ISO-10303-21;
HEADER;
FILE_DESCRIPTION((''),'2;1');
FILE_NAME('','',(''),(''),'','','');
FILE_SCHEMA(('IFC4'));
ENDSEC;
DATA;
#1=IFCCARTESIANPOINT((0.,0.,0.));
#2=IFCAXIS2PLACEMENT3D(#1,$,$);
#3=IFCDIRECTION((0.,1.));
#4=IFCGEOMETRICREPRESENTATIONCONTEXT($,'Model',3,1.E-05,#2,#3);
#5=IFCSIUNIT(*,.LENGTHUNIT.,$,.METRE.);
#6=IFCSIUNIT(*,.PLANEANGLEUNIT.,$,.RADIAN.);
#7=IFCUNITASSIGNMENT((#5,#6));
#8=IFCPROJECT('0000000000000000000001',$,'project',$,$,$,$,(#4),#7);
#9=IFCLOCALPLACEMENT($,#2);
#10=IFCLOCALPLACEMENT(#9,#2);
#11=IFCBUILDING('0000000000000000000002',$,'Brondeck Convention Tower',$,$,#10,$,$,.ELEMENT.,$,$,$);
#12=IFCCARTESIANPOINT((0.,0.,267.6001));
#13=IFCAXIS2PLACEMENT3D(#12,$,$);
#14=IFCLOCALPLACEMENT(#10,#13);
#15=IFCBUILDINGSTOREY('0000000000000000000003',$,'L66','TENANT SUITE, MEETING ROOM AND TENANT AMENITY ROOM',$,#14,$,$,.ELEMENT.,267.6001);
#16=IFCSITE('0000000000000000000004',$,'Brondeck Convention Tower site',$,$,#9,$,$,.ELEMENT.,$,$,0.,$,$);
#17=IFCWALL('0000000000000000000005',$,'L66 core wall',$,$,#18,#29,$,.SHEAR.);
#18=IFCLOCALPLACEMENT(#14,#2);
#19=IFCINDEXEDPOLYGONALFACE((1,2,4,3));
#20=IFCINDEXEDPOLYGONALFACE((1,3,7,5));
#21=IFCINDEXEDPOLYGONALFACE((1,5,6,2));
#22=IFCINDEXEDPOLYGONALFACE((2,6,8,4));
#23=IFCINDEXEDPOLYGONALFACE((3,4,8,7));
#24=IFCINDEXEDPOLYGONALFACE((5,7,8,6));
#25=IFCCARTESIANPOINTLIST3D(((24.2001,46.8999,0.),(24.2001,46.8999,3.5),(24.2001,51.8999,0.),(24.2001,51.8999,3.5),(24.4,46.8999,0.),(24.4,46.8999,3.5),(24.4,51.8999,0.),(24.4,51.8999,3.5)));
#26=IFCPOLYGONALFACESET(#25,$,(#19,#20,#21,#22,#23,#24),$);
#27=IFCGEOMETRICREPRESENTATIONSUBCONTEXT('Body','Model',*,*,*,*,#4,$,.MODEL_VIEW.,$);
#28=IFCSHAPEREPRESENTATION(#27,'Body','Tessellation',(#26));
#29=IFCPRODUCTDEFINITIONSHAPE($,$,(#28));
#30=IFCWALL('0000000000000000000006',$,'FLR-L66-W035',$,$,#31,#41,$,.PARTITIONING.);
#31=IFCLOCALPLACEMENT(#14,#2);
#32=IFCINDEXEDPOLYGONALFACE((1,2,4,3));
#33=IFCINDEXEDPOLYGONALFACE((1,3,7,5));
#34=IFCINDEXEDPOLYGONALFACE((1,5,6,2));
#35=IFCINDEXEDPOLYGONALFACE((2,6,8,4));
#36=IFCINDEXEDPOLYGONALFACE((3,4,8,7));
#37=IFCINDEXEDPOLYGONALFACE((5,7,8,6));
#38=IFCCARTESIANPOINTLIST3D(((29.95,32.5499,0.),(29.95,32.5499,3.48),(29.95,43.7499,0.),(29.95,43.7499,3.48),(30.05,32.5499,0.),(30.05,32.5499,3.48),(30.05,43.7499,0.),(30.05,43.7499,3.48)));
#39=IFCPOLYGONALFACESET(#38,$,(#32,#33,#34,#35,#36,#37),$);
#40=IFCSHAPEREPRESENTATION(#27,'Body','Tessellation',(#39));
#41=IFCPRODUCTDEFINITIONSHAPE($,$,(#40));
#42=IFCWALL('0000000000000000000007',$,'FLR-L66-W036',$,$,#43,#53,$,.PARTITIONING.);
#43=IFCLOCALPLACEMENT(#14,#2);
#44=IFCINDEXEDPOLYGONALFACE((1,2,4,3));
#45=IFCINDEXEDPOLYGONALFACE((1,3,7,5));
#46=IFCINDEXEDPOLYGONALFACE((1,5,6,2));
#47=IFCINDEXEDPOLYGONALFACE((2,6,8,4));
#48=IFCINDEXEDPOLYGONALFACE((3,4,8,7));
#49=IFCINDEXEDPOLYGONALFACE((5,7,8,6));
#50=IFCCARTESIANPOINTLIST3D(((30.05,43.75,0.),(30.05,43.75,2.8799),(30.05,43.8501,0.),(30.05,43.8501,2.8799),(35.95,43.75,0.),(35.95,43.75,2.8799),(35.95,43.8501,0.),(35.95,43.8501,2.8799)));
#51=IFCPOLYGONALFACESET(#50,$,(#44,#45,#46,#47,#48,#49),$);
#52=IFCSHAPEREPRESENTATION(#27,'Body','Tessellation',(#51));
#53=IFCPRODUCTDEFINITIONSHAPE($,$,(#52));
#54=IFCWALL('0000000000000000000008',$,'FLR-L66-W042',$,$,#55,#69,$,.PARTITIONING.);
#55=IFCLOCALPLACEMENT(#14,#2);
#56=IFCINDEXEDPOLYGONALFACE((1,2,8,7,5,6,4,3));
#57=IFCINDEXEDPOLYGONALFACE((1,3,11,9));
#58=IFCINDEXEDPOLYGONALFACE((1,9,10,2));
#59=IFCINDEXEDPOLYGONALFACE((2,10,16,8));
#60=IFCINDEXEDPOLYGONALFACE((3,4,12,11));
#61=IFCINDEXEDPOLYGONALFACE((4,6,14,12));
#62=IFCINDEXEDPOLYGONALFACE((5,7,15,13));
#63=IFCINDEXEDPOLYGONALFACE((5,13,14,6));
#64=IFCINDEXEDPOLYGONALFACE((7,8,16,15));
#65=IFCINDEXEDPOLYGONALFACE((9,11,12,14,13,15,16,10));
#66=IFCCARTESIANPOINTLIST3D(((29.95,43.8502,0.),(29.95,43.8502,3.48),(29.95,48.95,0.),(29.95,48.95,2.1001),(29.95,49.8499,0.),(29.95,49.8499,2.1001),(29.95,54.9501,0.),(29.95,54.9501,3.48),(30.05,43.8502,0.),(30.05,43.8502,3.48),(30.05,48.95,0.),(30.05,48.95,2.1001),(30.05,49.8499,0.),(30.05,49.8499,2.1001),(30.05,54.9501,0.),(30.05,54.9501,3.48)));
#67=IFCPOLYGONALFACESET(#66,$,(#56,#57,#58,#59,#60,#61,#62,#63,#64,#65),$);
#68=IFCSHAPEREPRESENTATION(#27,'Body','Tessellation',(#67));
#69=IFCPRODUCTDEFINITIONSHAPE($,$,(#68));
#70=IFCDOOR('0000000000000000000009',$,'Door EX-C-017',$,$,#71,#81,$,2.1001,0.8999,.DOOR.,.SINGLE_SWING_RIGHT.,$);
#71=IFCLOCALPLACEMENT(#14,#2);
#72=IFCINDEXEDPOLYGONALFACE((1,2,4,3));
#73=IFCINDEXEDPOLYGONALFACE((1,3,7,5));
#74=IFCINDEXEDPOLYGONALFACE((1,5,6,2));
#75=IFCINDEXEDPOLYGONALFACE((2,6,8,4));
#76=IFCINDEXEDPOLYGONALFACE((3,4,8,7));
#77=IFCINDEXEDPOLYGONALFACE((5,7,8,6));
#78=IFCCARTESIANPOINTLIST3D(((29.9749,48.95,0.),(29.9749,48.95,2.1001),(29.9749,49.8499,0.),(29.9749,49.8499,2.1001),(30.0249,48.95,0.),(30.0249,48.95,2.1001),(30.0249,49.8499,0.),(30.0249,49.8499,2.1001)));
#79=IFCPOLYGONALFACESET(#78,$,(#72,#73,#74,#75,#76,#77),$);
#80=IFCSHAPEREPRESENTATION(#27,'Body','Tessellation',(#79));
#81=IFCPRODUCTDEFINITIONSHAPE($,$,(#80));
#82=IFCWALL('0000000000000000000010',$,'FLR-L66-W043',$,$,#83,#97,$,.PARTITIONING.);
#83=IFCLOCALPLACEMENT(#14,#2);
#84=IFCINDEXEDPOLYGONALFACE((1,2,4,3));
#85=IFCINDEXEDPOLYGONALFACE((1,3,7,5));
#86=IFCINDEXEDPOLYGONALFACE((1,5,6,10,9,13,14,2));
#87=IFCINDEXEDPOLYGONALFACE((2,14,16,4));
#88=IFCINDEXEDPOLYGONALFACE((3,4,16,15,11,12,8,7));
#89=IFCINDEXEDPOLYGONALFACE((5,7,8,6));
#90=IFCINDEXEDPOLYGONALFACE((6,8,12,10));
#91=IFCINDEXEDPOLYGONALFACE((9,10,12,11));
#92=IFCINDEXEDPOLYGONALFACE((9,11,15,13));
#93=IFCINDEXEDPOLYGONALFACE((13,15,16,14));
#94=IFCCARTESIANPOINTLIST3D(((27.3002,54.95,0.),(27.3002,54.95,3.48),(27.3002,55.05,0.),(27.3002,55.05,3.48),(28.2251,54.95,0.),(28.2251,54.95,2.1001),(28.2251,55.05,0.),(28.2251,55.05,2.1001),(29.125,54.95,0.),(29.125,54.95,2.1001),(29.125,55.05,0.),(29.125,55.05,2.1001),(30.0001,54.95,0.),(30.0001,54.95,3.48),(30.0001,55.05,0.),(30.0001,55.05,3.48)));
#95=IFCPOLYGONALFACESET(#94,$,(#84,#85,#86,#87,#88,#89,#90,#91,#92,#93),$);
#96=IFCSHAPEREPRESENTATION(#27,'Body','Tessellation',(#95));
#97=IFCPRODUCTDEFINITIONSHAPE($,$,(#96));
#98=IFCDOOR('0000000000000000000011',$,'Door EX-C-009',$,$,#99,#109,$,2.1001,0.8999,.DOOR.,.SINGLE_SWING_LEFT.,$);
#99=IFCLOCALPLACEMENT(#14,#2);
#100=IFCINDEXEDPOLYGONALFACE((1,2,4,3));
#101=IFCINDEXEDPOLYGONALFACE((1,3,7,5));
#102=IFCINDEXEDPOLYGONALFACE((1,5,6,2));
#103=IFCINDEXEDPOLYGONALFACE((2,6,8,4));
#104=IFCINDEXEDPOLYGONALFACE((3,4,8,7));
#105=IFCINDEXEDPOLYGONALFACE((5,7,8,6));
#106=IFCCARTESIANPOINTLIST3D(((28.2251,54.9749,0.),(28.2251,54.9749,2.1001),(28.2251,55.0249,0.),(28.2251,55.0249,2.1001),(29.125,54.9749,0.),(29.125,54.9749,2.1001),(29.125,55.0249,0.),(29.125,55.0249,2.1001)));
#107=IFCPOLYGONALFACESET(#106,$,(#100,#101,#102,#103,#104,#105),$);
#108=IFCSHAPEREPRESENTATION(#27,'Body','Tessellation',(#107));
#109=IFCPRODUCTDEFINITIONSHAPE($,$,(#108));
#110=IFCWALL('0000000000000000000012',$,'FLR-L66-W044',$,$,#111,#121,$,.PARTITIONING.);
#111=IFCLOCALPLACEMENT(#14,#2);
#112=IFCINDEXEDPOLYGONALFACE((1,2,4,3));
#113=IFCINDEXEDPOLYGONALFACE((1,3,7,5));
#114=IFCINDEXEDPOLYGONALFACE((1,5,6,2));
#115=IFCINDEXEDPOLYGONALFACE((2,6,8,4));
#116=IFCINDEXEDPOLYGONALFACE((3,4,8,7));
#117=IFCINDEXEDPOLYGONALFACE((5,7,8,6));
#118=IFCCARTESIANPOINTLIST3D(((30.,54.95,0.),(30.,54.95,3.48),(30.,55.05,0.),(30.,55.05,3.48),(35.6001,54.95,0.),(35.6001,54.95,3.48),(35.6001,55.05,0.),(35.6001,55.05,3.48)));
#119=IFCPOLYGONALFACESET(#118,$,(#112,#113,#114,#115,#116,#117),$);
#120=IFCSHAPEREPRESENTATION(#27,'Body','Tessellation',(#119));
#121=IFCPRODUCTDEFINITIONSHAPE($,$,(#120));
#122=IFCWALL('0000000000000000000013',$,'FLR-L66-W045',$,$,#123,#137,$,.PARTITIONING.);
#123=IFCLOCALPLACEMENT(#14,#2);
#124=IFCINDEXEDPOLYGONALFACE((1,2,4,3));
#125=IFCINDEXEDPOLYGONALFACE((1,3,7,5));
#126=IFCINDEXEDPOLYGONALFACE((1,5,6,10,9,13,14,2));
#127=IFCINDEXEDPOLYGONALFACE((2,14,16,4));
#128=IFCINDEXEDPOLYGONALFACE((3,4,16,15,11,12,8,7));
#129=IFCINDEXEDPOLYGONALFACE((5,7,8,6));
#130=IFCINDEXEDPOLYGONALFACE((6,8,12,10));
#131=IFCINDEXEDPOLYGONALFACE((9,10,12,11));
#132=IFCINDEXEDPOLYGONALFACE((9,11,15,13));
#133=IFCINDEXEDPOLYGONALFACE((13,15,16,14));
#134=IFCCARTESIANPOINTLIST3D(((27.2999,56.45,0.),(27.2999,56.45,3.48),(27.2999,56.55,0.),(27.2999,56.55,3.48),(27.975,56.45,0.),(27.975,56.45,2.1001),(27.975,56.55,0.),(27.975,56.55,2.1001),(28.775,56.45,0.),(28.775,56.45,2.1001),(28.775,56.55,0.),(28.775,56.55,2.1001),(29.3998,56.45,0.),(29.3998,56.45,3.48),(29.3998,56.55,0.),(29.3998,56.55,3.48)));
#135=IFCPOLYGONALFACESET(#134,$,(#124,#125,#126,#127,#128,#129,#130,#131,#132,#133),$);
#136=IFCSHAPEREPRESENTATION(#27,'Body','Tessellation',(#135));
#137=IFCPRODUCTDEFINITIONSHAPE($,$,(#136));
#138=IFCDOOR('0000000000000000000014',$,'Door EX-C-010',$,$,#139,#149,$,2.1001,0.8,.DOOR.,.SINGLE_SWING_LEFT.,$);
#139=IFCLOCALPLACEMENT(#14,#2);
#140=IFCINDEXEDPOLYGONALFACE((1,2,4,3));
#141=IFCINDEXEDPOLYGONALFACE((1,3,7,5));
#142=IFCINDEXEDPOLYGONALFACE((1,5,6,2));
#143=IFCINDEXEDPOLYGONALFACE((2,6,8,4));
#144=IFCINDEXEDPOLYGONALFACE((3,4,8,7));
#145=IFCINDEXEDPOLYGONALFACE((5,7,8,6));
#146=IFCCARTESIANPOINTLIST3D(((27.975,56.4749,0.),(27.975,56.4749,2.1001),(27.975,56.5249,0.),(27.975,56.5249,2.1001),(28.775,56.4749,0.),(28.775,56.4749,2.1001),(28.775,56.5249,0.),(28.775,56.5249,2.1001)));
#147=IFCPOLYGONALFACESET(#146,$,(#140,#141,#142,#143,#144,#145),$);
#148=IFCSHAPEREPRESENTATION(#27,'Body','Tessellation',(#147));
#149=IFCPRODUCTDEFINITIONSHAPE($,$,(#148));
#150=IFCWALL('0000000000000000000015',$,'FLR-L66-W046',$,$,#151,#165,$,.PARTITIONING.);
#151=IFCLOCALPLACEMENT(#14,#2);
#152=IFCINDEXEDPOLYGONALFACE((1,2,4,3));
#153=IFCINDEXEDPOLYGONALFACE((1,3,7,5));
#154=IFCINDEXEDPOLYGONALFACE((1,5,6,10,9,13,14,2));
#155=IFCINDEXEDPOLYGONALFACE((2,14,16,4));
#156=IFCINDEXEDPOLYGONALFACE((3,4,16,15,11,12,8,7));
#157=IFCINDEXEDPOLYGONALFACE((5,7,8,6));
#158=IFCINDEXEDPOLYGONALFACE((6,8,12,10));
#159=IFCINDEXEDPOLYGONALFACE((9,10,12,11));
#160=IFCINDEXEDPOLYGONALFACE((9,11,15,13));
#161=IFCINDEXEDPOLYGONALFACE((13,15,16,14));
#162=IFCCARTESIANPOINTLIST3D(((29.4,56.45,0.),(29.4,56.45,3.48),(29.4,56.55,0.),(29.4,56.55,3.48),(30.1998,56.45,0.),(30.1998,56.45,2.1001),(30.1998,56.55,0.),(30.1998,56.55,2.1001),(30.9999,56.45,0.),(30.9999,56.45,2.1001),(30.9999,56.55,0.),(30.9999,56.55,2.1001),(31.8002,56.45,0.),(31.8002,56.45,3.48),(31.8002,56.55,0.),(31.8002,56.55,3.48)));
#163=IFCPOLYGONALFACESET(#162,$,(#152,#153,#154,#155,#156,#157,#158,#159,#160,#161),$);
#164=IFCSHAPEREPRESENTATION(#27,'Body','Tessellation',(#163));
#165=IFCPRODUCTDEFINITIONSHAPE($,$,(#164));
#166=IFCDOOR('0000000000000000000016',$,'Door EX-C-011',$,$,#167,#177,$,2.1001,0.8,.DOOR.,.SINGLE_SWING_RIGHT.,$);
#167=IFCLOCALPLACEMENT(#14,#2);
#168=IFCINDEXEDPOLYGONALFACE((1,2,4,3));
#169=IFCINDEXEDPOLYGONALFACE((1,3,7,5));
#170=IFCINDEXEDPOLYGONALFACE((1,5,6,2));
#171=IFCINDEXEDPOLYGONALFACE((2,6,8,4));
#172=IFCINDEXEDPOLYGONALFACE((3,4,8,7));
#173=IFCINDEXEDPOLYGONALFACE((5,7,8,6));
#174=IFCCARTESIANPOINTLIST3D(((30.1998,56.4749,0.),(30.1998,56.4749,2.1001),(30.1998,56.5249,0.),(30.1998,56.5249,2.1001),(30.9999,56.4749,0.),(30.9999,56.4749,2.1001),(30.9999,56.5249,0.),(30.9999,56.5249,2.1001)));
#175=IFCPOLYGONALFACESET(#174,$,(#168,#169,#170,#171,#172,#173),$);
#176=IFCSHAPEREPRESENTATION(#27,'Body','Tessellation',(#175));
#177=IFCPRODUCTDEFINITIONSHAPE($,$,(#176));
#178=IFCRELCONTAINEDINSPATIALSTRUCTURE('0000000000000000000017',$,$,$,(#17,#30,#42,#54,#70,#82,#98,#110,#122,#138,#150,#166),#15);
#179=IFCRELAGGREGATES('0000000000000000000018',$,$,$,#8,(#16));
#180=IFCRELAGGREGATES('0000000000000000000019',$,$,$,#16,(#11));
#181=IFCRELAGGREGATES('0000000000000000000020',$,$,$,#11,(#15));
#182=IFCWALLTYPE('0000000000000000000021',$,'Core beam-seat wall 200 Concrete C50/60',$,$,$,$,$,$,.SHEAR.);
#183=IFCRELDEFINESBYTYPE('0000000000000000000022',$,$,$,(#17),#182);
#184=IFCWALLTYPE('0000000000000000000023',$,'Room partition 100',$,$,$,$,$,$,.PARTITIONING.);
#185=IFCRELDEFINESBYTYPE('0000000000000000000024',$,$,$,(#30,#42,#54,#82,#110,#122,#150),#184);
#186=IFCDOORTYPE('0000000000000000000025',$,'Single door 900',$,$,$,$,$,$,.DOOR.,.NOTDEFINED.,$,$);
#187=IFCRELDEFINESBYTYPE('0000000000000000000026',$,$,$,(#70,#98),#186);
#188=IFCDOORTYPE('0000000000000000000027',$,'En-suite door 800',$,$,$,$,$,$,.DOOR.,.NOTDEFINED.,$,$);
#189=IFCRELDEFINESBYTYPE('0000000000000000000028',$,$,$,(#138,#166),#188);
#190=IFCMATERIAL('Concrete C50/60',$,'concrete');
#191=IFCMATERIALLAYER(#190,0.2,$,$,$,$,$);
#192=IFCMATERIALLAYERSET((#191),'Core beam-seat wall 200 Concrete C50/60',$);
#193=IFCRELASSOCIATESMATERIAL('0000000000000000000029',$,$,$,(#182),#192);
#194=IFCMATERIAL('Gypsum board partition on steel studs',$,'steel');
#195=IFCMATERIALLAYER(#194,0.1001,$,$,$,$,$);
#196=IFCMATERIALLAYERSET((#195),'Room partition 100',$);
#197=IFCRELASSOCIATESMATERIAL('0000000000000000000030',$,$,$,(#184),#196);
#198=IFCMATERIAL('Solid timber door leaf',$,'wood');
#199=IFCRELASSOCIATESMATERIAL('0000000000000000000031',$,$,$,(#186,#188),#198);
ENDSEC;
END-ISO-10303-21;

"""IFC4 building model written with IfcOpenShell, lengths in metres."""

from ifc_helpers import new_model, si_unit, direction, frame, frame_2d, origin, place, context, subcontext, project, spatial, rectangle, extrude, material, layer, layer_set, type_object, element, fill, save


model = new_model("IFC4")

# Units and contexts
model_context = context("Model", 3, precision=1e-05, world=origin(), true_north=direction((0.0, 1.0)))
body_context = subcontext(model_context, "Body", "Model", "MODEL_VIEW")
ifc_project = project(units=[si_unit("LENGTHUNIT", "METRE"), si_unit("PLANEANGLEUNIT", "RADIAN")], contexts=[model_context])

# Site, building, storey
site_placement = place(None, origin())
site = spatial("IfcSite", under=ifc_project, at=site_placement, Name="Brondeck Convention Tower site", CompositionType="ELEMENT", RefElevation=0.0)
building_placement = place(site_placement, origin())
building = spatial("IfcBuilding", under=site, at=building_placement, Name="Brondeck Convention Tower", CompositionType="ELEMENT")
storey_placement = place(building_placement, frame((0.0, 0.0, 267.6001)))
storey = spatial("IfcBuildingStorey", under=building, at=storey_placement, Name="L66", Description="TENANT SUITE, MEETING ROOM AND TENANT AMENITY ROOM", CompositionType="ELEMENT", Elevation=267.6001)

# Walls
ifc_material_1 = material(Name="Concrete C50/60", Category="concrete")
ifc_layer_1 = layer(ifc_material_1, 0.2)
ifc_layer_set_1 = layer_set([ifc_layer_1], Name="Core beam-seat wall 200 Concrete C50/60")
wall_type_1 = type_object("IfcWallType", Name="Core beam-seat wall 200 Concrete C50/60", PredefinedType="SHEAR", material=ifc_layer_set_1)
wall_1_placement = place(storey_placement, frame((24.3, 46.8999, 0.0), z_axis=(0.0, 0.0, 1.0), x_axis=(0.0, 1.0, 0.0)))
element("IfcWall", 1, at=wall_1_placement, inside=storey, type_object=wall_type_1, Name="L66 core wall", PredefinedType="SHEAR", context=body_context, shape_type="SweptSolid", body=[
    extrude(rectangle(XDim=5.0, YDim=0.2, at=frame_2d((2.5, 0.0))), origin(), (0.0, 0.0, 1.0), 3.5),
])
ifc_material_2 = material(Name="Gypsum board partition on steel studs", Category="steel")
ifc_layer_2 = layer(ifc_material_2, 0.1001)
ifc_layer_set_2 = layer_set([ifc_layer_2], Name="Room partition 100")
wall_type_2 = type_object("IfcWallType", Name="Room partition 100", PredefinedType="PARTITIONING", material=ifc_layer_set_2)
wall_2_placement = place(storey_placement, frame((30.0, 43.75, 0.0), z_axis=(0.0, 0.0, 1.0), x_axis=(0.0, -1.0, 0.0)))
element("IfcWall", 2, at=wall_2_placement, inside=storey, type_object=wall_type_2, Name="FLR-L66-W035", PredefinedType="PARTITIONING", context=body_context, shape_type="SweptSolid", body=[
    extrude(rectangle(XDim=11.2, YDim=0.1001, at=frame_2d((5.6001, 0.0))), origin(), (0.0, 0.0, 1.0), 3.48),
])
wall_3_placement = place(storey_placement, frame((30.05, 43.8, 0.0), z_axis=(0.0, 0.0, 1.0), x_axis=(1.0, 0.0, 0.0)))
element("IfcWall", 3, at=wall_3_placement, inside=storey, type_object=wall_type_2, Name="FLR-L66-W036", PredefinedType="PARTITIONING", context=body_context, shape_type="SweptSolid", body=[
    extrude(rectangle(XDim=5.8999, YDim=0.1001, at=frame_2d((2.95, 0.0))), origin(), (0.0, 0.0, 1.0), 2.8799),
])

# Walls, openings, doors
wall_4_placement = place(storey_placement, frame((30.0, 54.95, 0.0), z_axis=(0.0, 0.0, 1.0), x_axis=(0.0, -1.0, 0.0)))
wall_4 = element("IfcWall", 4, at=wall_4_placement, inside=storey, type_object=wall_type_2, Name="FLR-L66-W042", PredefinedType="PARTITIONING", context=body_context, shape_type="SweptSolid", body=[
    extrude(rectangle(XDim=11.0999, YDim=0.1001, at=frame_2d((5.5498, 0.0))), origin(), (0.0, 0.0, 1.0), 3.48),
])
opening_1_placement = place(wall_4_placement, frame((5.1001, 0.0, 0.0)))
opening_1 = element("IfcOpeningElement", 5, at=opening_1_placement, cuts=wall_4, PredefinedType="OPENING", context=body_context, shape_type="SweptSolid", body=[
    extrude(rectangle(XDim=0.8999, YDim=2.1001, at=frame_2d((0.45, 1.05))), frame((0.0, 0.0601, 0.0), z_axis=(0.0, -1.0, 0.0), x_axis=(1.0, 0.0, 0.0)), (0.0, 0.0, 1.0), 0.1201),
])
ifc_material_3 = material(Name="Solid timber door leaf", Category="wood")
door_type_1 = type_object("IfcDoorType", Name="Single door 900", OperationType="NOTDEFINED", PredefinedType="DOOR", material=ifc_material_3)
door_1_placement = place(opening_1_placement, origin())
door_1 = element("IfcDoor", 6, at=door_1_placement, inside=storey, type_object=door_type_1, Name="Door EX-C-017", OperationType="SINGLE_SWING_RIGHT", OverallHeight=2.1001, OverallWidth=0.8999, PredefinedType="DOOR", context=body_context, shape_type="SweptSolid", body=[
    extrude(rectangle(XDim=0.8999, YDim=2.1001, at=frame_2d((0.45, 1.05))), frame((0.0, 0.0249, 0.0), z_axis=(0.0, -1.0, 0.0), x_axis=(1.0, 0.0, 0.0)), (0.0, 0.0, 1.0), 0.05),
])
fill(opening_1, door_1)
wall_5_placement = place(storey_placement, frame((27.3, 55.0, 0.0), z_axis=(0.0, 0.0, 1.0), x_axis=(1.0, 0.0, 0.0)))
wall_5 = element("IfcWall", 7, at=wall_5_placement, inside=storey, type_object=wall_type_2, Name="FLR-L66-W043", PredefinedType="PARTITIONING", context=body_context, shape_type="SweptSolid", body=[
    extrude(rectangle(XDim=2.7, YDim=0.1001, at=frame_2d((1.3501, 0.0))), origin(), (0.0, 0.0, 1.0), 3.48),
])
opening_2_placement = place(wall_5_placement, frame((0.925, 0.0, 0.0)))
opening_2 = element("IfcOpeningElement", 8, at=opening_2_placement, cuts=wall_5, PredefinedType="OPENING", context=body_context, shape_type="SweptSolid", body=[
    extrude(rectangle(XDim=0.8999, YDim=2.1001, at=frame_2d((0.45, 1.05))), frame((0.0, 0.0601, 0.0), z_axis=(0.0, -1.0, 0.0), x_axis=(1.0, 0.0, 0.0)), (0.0, 0.0, 1.0), 0.1201),
])
door_2_placement = place(opening_2_placement, origin())
door_2 = element("IfcDoor", 9, at=door_2_placement, inside=storey, type_object=door_type_1, Name="Door EX-C-009", OperationType="SINGLE_SWING_LEFT", OverallHeight=2.1001, OverallWidth=0.8999, PredefinedType="DOOR", context=body_context, shape_type="SweptSolid", body=[
    extrude(rectangle(XDim=0.8999, YDim=2.1001, at=frame_2d((0.45, 1.05))), frame((0.0, 0.0249, 0.0), z_axis=(0.0, -1.0, 0.0), x_axis=(1.0, 0.0, 0.0)), (0.0, 0.0, 1.0), 0.05),
])
fill(opening_2, door_2)

# Wall
wall_6_placement = place(storey_placement, frame((35.6001, 55.0, 0.0), z_axis=(0.0, 0.0, 1.0), x_axis=(-1.0, 0.0, 0.0)))
element("IfcWall", 10, at=wall_6_placement, inside=storey, type_object=wall_type_2, Name="FLR-L66-W044", PredefinedType="PARTITIONING", context=body_context, shape_type="SweptSolid", body=[
    extrude(rectangle(XDim=5.6001, YDim=0.1001, at=frame_2d((2.8, 0.0))), origin(), (0.0, 0.0, 1.0), 3.48),
])

# Walls, openings, doors
wall_7_placement = place(storey_placement, frame((27.3, 56.5, 0.0), z_axis=(0.0, 0.0, 1.0), x_axis=(1.0, 0.0, 0.0)))
wall_7 = element("IfcWall", 11, at=wall_7_placement, inside=storey, type_object=wall_type_2, Name="FLR-L66-W045", PredefinedType="PARTITIONING", context=body_context, shape_type="SweptSolid", body=[
    extrude(rectangle(XDim=2.0999, YDim=0.1001, at=frame_2d((1.0498, 0.0))), origin(), (0.0, 0.0, 1.0), 3.48),
])
opening_3_placement = place(wall_7_placement, frame((0.675, 0.0, 0.0)))
opening_3 = element("IfcOpeningElement", 12, at=opening_3_placement, cuts=wall_7, PredefinedType="OPENING", context=body_context, shape_type="SweptSolid", body=[
    extrude(rectangle(XDim=0.8, YDim=2.1001, at=frame_2d((0.3999, 1.05))), frame((0.0, 0.0601, 0.0), z_axis=(0.0, -1.0, 0.0), x_axis=(1.0, 0.0, 0.0)), (0.0, 0.0, 1.0), 0.1201),
])
door_type_2 = type_object("IfcDoorType", Name="En-suite door 800", OperationType="NOTDEFINED", PredefinedType="DOOR", material=ifc_material_3)
door_3_placement = place(opening_3_placement, origin())
door_3 = element("IfcDoor", 13, at=door_3_placement, inside=storey, type_object=door_type_2, Name="Door EX-C-010", OperationType="SINGLE_SWING_LEFT", OverallHeight=2.1001, OverallWidth=0.8, PredefinedType="DOOR", context=body_context, shape_type="SweptSolid", body=[
    extrude(rectangle(XDim=0.8, YDim=2.1001, at=frame_2d((0.3999, 1.05))), frame((0.0, 0.0249, 0.0), z_axis=(0.0, -1.0, 0.0), x_axis=(1.0, 0.0, 0.0)), (0.0, 0.0, 1.0), 0.05),
])
fill(opening_3, door_3)
wall_8_placement = place(storey_placement, frame((29.3999, 56.5, 0.0), z_axis=(0.0, 0.0, 1.0), x_axis=(1.0, 0.0, 0.0)))
wall_8 = element("IfcWall", 14, at=wall_8_placement, inside=storey, type_object=wall_type_2, Name="FLR-L66-W046", PredefinedType="PARTITIONING", context=body_context, shape_type="SweptSolid", body=[
    extrude(rectangle(XDim=2.4001, YDim=0.1001, at=frame_2d((1.2002, 0.0))), origin(), (0.0, 0.0, 1.0), 3.48),
])
opening_4_placement = place(wall_8_placement, frame((0.8, 0.0, 0.0)))
opening_4 = element("IfcOpeningElement", 15, at=opening_4_placement, cuts=wall_8, PredefinedType="OPENING", context=body_context, shape_type="SweptSolid", body=[
    extrude(rectangle(XDim=0.8, YDim=2.1001, at=frame_2d((0.3999, 1.05))), frame((0.0, 0.0601, 0.0), z_axis=(0.0, -1.0, 0.0), x_axis=(1.0, 0.0, 0.0)), (0.0, 0.0, 1.0), 0.1201),
])
door_4_placement = place(opening_4_placement, origin())
door_4 = element("IfcDoor", 16, at=door_4_placement, inside=storey, type_object=door_type_2, Name="Door EX-C-011", OperationType="SINGLE_SWING_RIGHT", OverallHeight=2.1001, OverallWidth=0.8, PredefinedType="DOOR", context=body_context, shape_type="SweptSolid", body=[
    extrude(rectangle(XDim=0.8, YDim=2.1001, at=frame_2d((0.3999, 1.05))), frame((0.0, 0.0249, 0.0), z_axis=(0.0, -1.0, 0.0), x_axis=(1.0, 0.0, 0.0)), (0.0, 0.0, 1.0), 0.05),
])
fill(opening_4, door_4)

save(model, "model.ifc")
